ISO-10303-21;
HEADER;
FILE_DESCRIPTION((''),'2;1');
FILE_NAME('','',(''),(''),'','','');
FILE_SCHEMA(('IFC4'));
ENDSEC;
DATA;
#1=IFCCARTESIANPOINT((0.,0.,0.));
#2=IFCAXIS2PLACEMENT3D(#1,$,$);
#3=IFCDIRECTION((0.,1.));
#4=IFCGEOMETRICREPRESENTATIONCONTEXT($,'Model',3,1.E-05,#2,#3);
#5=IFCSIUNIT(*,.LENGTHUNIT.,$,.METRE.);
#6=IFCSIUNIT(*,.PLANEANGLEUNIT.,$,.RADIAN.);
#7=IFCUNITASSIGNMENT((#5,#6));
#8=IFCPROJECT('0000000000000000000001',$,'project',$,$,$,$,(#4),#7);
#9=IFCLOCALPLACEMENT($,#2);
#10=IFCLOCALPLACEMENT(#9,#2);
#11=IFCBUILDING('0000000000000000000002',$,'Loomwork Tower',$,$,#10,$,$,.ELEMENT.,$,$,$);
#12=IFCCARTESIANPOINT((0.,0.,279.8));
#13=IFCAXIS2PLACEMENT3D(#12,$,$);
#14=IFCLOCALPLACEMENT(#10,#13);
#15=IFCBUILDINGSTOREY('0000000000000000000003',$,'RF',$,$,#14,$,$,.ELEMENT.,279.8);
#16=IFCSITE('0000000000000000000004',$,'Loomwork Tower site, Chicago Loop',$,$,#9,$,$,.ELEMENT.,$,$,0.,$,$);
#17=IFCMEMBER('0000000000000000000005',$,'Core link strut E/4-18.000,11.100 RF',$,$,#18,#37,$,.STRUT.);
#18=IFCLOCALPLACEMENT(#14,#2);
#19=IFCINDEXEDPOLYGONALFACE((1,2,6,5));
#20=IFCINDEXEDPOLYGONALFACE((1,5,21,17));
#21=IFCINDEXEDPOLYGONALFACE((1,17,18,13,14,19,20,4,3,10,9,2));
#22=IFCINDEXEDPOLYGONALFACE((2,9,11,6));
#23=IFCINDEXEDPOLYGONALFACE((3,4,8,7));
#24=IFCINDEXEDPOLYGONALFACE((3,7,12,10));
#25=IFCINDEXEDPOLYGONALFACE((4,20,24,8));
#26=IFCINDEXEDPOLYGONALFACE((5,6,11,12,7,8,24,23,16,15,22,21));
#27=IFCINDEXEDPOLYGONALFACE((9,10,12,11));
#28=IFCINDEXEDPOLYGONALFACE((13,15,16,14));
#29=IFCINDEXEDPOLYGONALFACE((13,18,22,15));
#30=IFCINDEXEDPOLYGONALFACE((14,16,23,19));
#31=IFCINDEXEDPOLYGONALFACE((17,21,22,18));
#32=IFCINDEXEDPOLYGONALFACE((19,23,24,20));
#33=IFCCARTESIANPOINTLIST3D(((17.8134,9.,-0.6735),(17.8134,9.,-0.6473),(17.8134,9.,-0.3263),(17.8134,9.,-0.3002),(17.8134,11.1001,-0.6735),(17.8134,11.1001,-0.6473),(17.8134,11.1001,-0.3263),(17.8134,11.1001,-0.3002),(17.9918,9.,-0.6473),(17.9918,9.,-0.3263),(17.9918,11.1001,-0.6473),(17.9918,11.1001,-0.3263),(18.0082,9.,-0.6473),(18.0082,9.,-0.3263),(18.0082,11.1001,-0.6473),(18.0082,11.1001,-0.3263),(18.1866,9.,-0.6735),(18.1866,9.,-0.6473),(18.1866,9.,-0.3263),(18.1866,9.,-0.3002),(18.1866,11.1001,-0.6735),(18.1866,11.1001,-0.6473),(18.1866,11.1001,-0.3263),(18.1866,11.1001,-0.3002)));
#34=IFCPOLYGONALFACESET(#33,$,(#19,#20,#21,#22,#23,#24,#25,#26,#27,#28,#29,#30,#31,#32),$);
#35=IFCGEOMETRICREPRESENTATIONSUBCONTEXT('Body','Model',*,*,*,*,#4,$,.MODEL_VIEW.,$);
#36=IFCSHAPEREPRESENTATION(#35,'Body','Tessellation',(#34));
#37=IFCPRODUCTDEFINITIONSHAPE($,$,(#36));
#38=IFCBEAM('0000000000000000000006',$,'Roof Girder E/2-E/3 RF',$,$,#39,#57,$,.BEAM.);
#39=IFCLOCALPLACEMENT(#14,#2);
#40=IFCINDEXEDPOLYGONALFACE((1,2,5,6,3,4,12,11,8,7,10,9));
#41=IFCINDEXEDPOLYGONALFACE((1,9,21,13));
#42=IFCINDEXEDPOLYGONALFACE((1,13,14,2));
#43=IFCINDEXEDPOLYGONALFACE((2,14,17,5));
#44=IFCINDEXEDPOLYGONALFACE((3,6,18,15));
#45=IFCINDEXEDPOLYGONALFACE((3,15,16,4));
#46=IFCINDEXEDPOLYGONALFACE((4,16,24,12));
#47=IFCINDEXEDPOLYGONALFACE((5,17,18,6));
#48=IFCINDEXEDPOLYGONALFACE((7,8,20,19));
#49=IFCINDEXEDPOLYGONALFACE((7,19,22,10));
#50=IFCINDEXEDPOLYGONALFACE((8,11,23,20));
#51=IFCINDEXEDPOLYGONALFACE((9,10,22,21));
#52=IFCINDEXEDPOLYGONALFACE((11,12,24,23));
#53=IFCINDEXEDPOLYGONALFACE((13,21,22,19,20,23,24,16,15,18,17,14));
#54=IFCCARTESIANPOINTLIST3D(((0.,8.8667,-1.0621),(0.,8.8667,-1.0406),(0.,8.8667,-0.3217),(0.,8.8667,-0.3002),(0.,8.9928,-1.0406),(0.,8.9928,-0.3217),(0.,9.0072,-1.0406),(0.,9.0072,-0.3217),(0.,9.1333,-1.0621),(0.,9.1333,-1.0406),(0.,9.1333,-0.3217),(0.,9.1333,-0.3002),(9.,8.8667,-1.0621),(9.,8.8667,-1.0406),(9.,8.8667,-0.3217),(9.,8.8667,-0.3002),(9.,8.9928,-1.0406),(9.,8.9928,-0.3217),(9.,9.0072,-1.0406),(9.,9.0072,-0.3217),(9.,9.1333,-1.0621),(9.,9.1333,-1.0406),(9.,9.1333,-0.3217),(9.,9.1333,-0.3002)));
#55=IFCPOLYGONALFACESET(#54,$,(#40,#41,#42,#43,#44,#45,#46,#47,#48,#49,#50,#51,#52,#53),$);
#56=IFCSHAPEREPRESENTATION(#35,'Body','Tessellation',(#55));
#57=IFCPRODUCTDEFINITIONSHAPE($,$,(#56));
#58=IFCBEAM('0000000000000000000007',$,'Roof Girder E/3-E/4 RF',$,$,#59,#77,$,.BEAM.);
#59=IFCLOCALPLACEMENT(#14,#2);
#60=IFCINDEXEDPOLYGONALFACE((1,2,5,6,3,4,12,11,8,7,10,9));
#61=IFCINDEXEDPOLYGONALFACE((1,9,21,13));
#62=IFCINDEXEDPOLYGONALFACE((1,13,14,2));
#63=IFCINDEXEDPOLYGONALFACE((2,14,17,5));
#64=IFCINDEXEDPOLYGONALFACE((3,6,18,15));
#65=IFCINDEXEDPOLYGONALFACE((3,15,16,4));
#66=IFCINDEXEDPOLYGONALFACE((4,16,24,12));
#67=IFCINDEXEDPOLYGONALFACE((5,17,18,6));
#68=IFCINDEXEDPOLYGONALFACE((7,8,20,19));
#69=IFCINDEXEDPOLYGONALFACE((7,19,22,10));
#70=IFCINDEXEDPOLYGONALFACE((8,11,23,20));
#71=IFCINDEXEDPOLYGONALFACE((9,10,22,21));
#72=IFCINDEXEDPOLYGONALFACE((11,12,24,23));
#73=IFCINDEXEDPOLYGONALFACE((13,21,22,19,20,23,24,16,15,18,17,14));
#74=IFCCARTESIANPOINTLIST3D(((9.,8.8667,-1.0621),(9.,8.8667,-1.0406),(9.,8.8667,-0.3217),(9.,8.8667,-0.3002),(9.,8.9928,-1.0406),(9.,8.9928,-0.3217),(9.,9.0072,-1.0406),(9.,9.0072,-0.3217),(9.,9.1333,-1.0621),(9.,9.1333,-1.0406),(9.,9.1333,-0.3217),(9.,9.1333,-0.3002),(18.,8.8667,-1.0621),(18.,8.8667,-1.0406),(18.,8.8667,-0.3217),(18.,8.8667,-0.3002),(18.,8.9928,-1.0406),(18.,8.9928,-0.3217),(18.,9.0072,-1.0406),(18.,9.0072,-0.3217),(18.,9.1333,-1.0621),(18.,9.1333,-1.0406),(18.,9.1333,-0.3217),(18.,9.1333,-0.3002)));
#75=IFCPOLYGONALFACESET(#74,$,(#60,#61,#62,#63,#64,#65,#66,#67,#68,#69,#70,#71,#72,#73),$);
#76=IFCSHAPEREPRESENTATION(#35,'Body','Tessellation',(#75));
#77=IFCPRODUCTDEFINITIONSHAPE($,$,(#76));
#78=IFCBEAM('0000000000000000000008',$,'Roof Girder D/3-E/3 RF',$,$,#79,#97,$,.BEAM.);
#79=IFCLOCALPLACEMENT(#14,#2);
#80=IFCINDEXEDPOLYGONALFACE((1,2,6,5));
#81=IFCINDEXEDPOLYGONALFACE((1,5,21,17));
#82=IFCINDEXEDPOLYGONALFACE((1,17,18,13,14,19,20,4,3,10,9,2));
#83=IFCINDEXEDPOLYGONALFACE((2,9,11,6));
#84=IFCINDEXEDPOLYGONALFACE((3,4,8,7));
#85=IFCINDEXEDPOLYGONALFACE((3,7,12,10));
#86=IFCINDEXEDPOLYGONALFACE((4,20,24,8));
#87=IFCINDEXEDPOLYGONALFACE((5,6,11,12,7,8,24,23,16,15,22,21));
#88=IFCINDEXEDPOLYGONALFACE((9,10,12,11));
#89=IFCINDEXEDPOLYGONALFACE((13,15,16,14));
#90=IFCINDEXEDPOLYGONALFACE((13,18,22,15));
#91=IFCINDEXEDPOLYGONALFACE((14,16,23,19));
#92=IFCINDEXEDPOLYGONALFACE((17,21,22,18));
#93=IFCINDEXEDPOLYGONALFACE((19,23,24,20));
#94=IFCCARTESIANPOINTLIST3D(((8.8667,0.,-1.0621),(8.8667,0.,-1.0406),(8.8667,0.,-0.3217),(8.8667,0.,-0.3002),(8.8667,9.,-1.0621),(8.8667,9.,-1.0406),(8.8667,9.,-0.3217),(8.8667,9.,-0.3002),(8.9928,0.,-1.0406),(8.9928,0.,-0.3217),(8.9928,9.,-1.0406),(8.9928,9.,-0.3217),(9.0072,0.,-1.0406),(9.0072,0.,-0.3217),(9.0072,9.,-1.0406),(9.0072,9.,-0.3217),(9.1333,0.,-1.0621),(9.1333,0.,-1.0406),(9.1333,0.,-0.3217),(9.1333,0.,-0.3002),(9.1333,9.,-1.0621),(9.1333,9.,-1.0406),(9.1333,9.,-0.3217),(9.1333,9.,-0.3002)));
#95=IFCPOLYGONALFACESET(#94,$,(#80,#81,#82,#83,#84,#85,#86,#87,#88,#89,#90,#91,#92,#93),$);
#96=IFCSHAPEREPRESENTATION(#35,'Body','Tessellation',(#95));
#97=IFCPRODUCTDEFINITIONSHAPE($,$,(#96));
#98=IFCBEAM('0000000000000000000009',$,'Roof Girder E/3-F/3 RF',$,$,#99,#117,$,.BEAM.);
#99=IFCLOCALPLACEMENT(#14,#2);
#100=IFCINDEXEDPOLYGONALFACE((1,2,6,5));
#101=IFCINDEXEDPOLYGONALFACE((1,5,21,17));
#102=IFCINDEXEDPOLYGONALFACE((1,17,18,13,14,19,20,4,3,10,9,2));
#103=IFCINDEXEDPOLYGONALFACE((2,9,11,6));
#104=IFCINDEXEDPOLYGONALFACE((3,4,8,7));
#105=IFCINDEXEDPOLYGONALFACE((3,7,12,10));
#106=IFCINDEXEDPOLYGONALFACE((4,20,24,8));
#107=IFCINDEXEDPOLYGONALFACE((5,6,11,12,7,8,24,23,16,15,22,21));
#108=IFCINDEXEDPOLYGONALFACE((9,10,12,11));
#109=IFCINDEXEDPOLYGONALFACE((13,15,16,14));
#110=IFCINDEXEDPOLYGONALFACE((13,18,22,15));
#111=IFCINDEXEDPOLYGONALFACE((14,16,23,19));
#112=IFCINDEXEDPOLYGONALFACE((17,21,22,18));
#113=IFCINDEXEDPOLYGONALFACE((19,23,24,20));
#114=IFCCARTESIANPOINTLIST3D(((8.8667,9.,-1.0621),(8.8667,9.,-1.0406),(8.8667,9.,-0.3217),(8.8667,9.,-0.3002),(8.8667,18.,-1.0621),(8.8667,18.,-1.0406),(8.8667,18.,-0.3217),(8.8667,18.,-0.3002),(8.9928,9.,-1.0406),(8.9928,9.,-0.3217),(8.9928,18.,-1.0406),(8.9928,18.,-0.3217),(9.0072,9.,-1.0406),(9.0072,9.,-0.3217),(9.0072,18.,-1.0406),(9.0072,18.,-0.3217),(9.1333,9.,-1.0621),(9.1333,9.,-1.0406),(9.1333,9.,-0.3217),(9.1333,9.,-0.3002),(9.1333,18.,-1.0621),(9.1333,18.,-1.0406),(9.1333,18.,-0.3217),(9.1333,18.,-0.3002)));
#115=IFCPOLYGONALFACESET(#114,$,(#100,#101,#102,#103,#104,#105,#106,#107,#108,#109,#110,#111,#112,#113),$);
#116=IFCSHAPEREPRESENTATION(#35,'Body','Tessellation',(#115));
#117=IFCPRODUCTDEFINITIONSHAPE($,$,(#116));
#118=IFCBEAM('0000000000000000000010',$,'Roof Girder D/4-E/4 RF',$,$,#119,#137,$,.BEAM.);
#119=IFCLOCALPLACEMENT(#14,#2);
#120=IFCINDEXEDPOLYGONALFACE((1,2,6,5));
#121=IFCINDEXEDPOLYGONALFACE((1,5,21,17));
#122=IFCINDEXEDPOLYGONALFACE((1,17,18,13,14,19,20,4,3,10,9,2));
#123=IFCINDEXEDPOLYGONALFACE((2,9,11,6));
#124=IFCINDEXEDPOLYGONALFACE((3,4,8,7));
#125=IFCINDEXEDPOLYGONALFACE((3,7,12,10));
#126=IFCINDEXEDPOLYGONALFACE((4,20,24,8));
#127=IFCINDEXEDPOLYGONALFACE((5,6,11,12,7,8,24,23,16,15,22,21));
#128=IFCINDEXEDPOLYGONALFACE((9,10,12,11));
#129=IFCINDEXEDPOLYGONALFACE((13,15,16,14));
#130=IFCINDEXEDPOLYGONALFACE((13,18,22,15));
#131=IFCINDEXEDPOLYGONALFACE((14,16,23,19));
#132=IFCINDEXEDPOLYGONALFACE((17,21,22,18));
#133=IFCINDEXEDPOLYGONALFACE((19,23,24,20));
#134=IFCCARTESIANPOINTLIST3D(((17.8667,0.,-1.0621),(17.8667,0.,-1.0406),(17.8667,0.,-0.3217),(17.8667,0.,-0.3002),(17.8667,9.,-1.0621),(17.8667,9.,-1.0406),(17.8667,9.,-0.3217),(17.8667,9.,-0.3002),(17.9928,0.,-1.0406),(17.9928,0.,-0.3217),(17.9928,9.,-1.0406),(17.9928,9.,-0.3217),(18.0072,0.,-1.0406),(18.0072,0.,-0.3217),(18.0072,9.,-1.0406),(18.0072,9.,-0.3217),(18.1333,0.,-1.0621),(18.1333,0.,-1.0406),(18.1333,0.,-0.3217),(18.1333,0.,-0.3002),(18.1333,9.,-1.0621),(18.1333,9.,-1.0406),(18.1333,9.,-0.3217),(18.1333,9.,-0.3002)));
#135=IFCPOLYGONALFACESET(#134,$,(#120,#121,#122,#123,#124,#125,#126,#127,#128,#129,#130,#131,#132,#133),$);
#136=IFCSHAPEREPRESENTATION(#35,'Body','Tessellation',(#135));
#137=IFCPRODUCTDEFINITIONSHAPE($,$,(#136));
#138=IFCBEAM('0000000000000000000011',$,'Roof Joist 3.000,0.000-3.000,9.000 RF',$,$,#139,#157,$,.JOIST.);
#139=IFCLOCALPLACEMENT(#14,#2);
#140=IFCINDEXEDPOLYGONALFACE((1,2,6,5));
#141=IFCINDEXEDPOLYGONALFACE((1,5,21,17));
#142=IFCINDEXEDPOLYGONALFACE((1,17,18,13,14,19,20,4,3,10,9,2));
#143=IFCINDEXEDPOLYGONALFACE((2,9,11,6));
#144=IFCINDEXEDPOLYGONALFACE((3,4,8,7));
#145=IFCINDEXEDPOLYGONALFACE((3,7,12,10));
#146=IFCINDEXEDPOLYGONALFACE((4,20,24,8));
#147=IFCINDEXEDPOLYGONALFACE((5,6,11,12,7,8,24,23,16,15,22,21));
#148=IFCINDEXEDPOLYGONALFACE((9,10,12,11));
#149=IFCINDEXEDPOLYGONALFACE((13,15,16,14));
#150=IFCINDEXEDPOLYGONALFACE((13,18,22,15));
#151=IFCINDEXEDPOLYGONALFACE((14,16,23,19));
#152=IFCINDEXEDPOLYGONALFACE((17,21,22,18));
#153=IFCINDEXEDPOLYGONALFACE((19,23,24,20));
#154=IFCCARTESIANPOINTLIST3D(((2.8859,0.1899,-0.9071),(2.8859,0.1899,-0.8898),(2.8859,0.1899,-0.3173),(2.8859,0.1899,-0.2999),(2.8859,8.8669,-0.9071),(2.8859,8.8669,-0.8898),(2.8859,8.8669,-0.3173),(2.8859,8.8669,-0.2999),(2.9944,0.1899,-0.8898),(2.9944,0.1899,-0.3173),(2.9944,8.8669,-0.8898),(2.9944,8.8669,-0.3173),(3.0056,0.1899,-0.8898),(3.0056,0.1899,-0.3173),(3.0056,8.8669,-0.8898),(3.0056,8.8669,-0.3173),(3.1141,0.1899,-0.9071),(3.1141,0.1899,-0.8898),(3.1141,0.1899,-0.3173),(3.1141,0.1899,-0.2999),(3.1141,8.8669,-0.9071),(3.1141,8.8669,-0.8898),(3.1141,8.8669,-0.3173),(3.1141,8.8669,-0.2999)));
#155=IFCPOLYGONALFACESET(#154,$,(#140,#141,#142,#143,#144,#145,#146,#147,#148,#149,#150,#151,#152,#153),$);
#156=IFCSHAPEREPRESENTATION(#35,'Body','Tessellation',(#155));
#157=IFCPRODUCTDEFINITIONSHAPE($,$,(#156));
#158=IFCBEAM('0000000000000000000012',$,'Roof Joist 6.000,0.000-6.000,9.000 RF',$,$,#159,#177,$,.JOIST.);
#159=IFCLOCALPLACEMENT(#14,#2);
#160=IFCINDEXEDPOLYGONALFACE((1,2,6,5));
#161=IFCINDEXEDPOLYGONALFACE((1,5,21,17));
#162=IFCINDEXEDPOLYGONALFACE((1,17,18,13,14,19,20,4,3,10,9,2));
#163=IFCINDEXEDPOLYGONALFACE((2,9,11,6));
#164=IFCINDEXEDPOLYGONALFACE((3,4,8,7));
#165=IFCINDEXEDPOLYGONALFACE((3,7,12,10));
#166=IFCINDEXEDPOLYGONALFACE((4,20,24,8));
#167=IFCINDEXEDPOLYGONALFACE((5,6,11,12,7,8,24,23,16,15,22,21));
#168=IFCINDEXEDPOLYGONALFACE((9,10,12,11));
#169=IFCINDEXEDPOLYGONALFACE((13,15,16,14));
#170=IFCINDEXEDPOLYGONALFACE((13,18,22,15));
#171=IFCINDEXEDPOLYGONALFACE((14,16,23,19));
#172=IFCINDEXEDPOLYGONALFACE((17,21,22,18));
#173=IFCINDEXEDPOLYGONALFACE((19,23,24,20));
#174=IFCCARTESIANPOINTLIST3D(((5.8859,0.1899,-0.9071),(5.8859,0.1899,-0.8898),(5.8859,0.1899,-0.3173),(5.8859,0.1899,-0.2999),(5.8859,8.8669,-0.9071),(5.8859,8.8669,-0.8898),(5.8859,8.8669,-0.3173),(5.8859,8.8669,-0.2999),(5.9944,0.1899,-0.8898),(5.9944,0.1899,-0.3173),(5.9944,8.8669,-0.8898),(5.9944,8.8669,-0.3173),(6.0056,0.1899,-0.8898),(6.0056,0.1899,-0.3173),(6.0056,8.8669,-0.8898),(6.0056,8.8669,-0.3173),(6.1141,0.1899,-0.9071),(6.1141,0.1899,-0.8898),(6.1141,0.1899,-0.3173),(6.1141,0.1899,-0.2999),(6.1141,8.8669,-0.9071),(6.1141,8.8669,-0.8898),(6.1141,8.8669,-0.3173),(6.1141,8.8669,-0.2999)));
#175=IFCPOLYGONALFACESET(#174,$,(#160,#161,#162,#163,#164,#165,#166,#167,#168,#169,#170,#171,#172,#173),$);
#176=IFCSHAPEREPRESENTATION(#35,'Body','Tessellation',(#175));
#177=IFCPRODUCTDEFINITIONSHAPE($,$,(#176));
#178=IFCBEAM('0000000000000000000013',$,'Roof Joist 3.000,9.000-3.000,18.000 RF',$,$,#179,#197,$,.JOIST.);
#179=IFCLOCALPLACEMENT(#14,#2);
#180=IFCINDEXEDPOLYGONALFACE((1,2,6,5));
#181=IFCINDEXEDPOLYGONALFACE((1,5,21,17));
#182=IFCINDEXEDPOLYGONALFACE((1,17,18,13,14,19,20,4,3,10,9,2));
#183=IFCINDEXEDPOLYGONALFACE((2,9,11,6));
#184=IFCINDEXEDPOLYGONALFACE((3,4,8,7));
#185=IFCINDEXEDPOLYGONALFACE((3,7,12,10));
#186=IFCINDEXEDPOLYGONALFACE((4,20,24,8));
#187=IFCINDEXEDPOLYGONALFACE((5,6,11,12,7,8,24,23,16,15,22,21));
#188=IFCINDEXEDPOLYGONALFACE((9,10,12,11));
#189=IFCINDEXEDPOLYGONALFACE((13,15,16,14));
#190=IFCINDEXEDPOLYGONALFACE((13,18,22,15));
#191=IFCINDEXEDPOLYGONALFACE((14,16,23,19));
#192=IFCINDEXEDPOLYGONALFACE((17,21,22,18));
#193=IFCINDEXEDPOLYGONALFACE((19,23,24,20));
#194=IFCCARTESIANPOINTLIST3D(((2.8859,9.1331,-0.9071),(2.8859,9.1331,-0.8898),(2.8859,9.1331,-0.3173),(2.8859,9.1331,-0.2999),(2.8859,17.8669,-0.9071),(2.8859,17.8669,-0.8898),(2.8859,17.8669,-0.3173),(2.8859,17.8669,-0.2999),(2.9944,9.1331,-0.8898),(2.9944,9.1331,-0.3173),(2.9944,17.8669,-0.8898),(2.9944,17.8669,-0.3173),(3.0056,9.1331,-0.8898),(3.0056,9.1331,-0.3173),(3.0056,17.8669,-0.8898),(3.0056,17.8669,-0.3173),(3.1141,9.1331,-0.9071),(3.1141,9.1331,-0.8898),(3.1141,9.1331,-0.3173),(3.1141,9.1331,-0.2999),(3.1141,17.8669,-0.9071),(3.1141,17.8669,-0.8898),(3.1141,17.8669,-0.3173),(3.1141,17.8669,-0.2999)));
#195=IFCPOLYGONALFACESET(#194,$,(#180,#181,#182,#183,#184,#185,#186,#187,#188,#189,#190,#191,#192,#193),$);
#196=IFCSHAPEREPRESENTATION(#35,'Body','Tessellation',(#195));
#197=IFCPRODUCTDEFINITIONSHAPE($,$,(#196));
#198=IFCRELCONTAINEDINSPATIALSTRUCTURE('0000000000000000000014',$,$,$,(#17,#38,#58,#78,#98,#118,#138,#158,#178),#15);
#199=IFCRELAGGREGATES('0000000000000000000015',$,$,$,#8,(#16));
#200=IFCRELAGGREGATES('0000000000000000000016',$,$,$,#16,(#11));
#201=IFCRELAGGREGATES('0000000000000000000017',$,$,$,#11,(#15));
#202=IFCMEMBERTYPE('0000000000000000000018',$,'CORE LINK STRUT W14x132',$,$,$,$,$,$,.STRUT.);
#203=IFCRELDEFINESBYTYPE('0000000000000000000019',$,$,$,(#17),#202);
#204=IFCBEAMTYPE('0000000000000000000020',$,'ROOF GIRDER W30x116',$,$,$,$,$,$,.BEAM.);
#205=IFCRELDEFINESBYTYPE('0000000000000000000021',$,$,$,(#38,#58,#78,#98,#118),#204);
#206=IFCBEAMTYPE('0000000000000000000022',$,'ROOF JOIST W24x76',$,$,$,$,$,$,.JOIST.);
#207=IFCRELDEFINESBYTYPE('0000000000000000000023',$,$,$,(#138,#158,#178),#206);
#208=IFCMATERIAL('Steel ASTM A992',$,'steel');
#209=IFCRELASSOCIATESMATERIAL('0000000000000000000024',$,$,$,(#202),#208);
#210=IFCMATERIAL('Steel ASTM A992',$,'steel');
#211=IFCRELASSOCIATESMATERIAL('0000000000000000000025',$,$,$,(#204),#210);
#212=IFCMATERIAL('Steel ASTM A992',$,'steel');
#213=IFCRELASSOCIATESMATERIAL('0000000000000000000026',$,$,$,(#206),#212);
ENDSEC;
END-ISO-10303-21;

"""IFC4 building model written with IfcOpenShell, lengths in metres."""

from ifc_helpers import new_model, si_unit, direction, frame, origin, origin_2d, place, context, subcontext, project, spatial, i_section, extrude, material, material_profile, profile_set, type_object, element, save


model = new_model("IFC4")

# Units and contexts
model_context = context("Model", 3, precision=1e-05, world=origin(), true_north=direction((0.0, 1.0)))
body_context = subcontext(model_context, "Body", "Model", "MODEL_VIEW")
ifc_project = project(units=[si_unit("LENGTHUNIT", "METRE"), si_unit("PLANEANGLEUNIT", "RADIAN")], contexts=[model_context])

# Site, building, storey
site_placement = place(None, origin())
site = spatial("IfcSite", under=ifc_project, at=site_placement, Name="Loomwork Tower site, Chicago Loop", CompositionType="ELEMENT", RefElevation=0.0)
building_placement = place(site_placement, origin())
building = spatial("IfcBuilding", under=site, at=building_placement, Name="Loomwork Tower", CompositionType="ELEMENT")
storey_placement = place(building_placement, frame((0.0, 0.0, 279.8)))
storey = spatial("IfcBuildingStorey", under=building, at=storey_placement, Name="RF", CompositionType="ELEMENT", Elevation=279.8)

# Member
ifc_material_1 = material(Name="Steel ASTM A992", Category="steel")
ifc_material_profile_1 = material_profile(ifc_material_1, i_section(OverallWidth=0.3733, OverallDepth=0.3733, WebThickness=0.0164, FlangeThickness=0.0261, at=origin_2d()), Name="W14x132")
ifc_profile_set_1 = profile_set([ifc_material_profile_1], Name="Steel ASTM A992")
member_type = type_object("IfcMemberType", Name="CORE LINK STRUT W14x132", PredefinedType="STRUT", material=ifc_profile_set_1)
member_placement = place(storey_placement, frame((18.0, 9.0, -0.4868), z_axis=(0.0, 1.0, 0.0), x_axis=(-1.0, 0.0, 0.0)))
element("IfcMember", 1, at=member_placement, inside=storey, type_object=member_type, Name="Core link strut E/4-18.000,11.100 RF", PredefinedType="STRUT", context=body_context, shape_type="SweptSolid", body=[
    extrude(i_section(OverallWidth=0.3733, OverallDepth=0.3733, WebThickness=0.0164, FlangeThickness=0.0261, at=origin_2d()), origin(), (0.0, 0.0, 1.0), 2.1001),
])

# Beams
ifc_material_2 = material(Name="Steel ASTM A992", Category="steel")
ifc_material_profile_2 = material_profile(ifc_material_2, i_section(OverallWidth=0.2666, OverallDepth=0.762, WebThickness=0.0144, FlangeThickness=0.0215, at=origin_2d()), Name="W30x116")
ifc_profile_set_2 = profile_set([ifc_material_profile_2], Name="Steel ASTM A992")
beam_type_1 = type_object("IfcBeamType", Name="ROOF GIRDER W30x116", PredefinedType="BEAM", material=ifc_profile_set_2)
for number, where, z_axis, x_axis, name in (
    (2, (0.0, 9.0, -0.6812), (1.0, 0.0, 0.0), (0.0, 1.0, 0.0), "Roof Girder E/2-E/3 RF"),
    (3, (9.0, 9.0, -0.6812), (1.0, 0.0, 0.0), (0.0, 1.0, 0.0), "Roof Girder E/3-E/4 RF"),
    (4, (9.0, 0.0, -0.6812), (0.0, 1.0, 0.0), (-1.0, 0.0, 0.0), "Roof Girder D/3-E/3 RF"),
    (5, (9.0, 9.0, -0.6812), (0.0, 1.0, 0.0), (-1.0, 0.0, 0.0), "Roof Girder E/3-F/3 RF"),
    (6, (18.0, 0.0, -0.6812), (0.0, 1.0, 0.0), (-1.0, 0.0, 0.0), "Roof Girder D/4-E/4 RF"),
):
    element("IfcBeam", number, at=place(storey_placement, frame(where, z_axis=z_axis, x_axis=x_axis)), inside=storey, type_object=beam_type_1, Name=name, PredefinedType="BEAM", context=body_context, shape_type="SweptSolid", body=[
        extrude(i_section(OverallWidth=0.2666, OverallDepth=0.762, WebThickness=0.0144, FlangeThickness=0.0215, at=origin_2d()), origin(), (0.0, 0.0, 1.0), 9.0),
    ])
ifc_material_3 = material(Name="Steel ASTM A992", Category="steel")
ifc_material_profile_3 = material_profile(ifc_material_3, i_section(OverallWidth=0.2283, OverallDepth=0.6072, WebThickness=0.0112, FlangeThickness=0.0173, at=origin_2d()), Name="W24x76")
ifc_profile_set_3 = profile_set([ifc_material_profile_3], Name="Steel ASTM A992")
beam_type_2 = type_object("IfcBeamType", Name="ROOF JOIST W24x76", PredefinedType="JOIST", material=ifc_profile_set_3)
for number, where, z_axis, x_axis, name in (
    (7, (3.0, 0.1899, -0.6035), (0.0, 1.0, 0.0), (-1.0, 0.0, 0.0), "Roof Joist 3.000,0.000-3.000,9.000 RF"),
    (8, (6.0, 0.1899, -0.6035), (0.0, 1.0, 0.0), (-1.0, 0.0, 0.0), "Roof Joist 6.000,0.000-6.000,9.000 RF"),
):
    element("IfcBeam", number, at=place(storey_placement, frame(where, z_axis=z_axis, x_axis=x_axis)), inside=storey, type_object=beam_type_2, Name=name, PredefinedType="JOIST", context=body_context, shape_type="SweptSolid", body=[
        extrude(i_section(OverallWidth=0.2283, OverallDepth=0.6072, WebThickness=0.0112, FlangeThickness=0.0173, at=origin_2d()), origin(), (0.0, 0.0, 1.0), 8.677),
    ])
for number, where, z_axis, x_axis, name in (
    (9, (3.0, 9.1331, -0.6035), (0.0, 1.0, 0.0), (-1.0, 0.0, 0.0), "Roof Joist 3.000,9.000-3.000,18.000 RF"),
):
    element("IfcBeam", number, at=place(storey_placement, frame(where, z_axis=z_axis, x_axis=x_axis)), inside=storey, type_object=beam_type_2, Name=name, PredefinedType="JOIST", context=body_context, shape_type="SweptSolid", body=[
        extrude(i_section(OverallWidth=0.2283, OverallDepth=0.6072, WebThickness=0.0112, FlangeThickness=0.0173, at=origin_2d()), origin(), (0.0, 0.0, 1.0), 8.7339),
    ])

save(model, "model.ifc")
